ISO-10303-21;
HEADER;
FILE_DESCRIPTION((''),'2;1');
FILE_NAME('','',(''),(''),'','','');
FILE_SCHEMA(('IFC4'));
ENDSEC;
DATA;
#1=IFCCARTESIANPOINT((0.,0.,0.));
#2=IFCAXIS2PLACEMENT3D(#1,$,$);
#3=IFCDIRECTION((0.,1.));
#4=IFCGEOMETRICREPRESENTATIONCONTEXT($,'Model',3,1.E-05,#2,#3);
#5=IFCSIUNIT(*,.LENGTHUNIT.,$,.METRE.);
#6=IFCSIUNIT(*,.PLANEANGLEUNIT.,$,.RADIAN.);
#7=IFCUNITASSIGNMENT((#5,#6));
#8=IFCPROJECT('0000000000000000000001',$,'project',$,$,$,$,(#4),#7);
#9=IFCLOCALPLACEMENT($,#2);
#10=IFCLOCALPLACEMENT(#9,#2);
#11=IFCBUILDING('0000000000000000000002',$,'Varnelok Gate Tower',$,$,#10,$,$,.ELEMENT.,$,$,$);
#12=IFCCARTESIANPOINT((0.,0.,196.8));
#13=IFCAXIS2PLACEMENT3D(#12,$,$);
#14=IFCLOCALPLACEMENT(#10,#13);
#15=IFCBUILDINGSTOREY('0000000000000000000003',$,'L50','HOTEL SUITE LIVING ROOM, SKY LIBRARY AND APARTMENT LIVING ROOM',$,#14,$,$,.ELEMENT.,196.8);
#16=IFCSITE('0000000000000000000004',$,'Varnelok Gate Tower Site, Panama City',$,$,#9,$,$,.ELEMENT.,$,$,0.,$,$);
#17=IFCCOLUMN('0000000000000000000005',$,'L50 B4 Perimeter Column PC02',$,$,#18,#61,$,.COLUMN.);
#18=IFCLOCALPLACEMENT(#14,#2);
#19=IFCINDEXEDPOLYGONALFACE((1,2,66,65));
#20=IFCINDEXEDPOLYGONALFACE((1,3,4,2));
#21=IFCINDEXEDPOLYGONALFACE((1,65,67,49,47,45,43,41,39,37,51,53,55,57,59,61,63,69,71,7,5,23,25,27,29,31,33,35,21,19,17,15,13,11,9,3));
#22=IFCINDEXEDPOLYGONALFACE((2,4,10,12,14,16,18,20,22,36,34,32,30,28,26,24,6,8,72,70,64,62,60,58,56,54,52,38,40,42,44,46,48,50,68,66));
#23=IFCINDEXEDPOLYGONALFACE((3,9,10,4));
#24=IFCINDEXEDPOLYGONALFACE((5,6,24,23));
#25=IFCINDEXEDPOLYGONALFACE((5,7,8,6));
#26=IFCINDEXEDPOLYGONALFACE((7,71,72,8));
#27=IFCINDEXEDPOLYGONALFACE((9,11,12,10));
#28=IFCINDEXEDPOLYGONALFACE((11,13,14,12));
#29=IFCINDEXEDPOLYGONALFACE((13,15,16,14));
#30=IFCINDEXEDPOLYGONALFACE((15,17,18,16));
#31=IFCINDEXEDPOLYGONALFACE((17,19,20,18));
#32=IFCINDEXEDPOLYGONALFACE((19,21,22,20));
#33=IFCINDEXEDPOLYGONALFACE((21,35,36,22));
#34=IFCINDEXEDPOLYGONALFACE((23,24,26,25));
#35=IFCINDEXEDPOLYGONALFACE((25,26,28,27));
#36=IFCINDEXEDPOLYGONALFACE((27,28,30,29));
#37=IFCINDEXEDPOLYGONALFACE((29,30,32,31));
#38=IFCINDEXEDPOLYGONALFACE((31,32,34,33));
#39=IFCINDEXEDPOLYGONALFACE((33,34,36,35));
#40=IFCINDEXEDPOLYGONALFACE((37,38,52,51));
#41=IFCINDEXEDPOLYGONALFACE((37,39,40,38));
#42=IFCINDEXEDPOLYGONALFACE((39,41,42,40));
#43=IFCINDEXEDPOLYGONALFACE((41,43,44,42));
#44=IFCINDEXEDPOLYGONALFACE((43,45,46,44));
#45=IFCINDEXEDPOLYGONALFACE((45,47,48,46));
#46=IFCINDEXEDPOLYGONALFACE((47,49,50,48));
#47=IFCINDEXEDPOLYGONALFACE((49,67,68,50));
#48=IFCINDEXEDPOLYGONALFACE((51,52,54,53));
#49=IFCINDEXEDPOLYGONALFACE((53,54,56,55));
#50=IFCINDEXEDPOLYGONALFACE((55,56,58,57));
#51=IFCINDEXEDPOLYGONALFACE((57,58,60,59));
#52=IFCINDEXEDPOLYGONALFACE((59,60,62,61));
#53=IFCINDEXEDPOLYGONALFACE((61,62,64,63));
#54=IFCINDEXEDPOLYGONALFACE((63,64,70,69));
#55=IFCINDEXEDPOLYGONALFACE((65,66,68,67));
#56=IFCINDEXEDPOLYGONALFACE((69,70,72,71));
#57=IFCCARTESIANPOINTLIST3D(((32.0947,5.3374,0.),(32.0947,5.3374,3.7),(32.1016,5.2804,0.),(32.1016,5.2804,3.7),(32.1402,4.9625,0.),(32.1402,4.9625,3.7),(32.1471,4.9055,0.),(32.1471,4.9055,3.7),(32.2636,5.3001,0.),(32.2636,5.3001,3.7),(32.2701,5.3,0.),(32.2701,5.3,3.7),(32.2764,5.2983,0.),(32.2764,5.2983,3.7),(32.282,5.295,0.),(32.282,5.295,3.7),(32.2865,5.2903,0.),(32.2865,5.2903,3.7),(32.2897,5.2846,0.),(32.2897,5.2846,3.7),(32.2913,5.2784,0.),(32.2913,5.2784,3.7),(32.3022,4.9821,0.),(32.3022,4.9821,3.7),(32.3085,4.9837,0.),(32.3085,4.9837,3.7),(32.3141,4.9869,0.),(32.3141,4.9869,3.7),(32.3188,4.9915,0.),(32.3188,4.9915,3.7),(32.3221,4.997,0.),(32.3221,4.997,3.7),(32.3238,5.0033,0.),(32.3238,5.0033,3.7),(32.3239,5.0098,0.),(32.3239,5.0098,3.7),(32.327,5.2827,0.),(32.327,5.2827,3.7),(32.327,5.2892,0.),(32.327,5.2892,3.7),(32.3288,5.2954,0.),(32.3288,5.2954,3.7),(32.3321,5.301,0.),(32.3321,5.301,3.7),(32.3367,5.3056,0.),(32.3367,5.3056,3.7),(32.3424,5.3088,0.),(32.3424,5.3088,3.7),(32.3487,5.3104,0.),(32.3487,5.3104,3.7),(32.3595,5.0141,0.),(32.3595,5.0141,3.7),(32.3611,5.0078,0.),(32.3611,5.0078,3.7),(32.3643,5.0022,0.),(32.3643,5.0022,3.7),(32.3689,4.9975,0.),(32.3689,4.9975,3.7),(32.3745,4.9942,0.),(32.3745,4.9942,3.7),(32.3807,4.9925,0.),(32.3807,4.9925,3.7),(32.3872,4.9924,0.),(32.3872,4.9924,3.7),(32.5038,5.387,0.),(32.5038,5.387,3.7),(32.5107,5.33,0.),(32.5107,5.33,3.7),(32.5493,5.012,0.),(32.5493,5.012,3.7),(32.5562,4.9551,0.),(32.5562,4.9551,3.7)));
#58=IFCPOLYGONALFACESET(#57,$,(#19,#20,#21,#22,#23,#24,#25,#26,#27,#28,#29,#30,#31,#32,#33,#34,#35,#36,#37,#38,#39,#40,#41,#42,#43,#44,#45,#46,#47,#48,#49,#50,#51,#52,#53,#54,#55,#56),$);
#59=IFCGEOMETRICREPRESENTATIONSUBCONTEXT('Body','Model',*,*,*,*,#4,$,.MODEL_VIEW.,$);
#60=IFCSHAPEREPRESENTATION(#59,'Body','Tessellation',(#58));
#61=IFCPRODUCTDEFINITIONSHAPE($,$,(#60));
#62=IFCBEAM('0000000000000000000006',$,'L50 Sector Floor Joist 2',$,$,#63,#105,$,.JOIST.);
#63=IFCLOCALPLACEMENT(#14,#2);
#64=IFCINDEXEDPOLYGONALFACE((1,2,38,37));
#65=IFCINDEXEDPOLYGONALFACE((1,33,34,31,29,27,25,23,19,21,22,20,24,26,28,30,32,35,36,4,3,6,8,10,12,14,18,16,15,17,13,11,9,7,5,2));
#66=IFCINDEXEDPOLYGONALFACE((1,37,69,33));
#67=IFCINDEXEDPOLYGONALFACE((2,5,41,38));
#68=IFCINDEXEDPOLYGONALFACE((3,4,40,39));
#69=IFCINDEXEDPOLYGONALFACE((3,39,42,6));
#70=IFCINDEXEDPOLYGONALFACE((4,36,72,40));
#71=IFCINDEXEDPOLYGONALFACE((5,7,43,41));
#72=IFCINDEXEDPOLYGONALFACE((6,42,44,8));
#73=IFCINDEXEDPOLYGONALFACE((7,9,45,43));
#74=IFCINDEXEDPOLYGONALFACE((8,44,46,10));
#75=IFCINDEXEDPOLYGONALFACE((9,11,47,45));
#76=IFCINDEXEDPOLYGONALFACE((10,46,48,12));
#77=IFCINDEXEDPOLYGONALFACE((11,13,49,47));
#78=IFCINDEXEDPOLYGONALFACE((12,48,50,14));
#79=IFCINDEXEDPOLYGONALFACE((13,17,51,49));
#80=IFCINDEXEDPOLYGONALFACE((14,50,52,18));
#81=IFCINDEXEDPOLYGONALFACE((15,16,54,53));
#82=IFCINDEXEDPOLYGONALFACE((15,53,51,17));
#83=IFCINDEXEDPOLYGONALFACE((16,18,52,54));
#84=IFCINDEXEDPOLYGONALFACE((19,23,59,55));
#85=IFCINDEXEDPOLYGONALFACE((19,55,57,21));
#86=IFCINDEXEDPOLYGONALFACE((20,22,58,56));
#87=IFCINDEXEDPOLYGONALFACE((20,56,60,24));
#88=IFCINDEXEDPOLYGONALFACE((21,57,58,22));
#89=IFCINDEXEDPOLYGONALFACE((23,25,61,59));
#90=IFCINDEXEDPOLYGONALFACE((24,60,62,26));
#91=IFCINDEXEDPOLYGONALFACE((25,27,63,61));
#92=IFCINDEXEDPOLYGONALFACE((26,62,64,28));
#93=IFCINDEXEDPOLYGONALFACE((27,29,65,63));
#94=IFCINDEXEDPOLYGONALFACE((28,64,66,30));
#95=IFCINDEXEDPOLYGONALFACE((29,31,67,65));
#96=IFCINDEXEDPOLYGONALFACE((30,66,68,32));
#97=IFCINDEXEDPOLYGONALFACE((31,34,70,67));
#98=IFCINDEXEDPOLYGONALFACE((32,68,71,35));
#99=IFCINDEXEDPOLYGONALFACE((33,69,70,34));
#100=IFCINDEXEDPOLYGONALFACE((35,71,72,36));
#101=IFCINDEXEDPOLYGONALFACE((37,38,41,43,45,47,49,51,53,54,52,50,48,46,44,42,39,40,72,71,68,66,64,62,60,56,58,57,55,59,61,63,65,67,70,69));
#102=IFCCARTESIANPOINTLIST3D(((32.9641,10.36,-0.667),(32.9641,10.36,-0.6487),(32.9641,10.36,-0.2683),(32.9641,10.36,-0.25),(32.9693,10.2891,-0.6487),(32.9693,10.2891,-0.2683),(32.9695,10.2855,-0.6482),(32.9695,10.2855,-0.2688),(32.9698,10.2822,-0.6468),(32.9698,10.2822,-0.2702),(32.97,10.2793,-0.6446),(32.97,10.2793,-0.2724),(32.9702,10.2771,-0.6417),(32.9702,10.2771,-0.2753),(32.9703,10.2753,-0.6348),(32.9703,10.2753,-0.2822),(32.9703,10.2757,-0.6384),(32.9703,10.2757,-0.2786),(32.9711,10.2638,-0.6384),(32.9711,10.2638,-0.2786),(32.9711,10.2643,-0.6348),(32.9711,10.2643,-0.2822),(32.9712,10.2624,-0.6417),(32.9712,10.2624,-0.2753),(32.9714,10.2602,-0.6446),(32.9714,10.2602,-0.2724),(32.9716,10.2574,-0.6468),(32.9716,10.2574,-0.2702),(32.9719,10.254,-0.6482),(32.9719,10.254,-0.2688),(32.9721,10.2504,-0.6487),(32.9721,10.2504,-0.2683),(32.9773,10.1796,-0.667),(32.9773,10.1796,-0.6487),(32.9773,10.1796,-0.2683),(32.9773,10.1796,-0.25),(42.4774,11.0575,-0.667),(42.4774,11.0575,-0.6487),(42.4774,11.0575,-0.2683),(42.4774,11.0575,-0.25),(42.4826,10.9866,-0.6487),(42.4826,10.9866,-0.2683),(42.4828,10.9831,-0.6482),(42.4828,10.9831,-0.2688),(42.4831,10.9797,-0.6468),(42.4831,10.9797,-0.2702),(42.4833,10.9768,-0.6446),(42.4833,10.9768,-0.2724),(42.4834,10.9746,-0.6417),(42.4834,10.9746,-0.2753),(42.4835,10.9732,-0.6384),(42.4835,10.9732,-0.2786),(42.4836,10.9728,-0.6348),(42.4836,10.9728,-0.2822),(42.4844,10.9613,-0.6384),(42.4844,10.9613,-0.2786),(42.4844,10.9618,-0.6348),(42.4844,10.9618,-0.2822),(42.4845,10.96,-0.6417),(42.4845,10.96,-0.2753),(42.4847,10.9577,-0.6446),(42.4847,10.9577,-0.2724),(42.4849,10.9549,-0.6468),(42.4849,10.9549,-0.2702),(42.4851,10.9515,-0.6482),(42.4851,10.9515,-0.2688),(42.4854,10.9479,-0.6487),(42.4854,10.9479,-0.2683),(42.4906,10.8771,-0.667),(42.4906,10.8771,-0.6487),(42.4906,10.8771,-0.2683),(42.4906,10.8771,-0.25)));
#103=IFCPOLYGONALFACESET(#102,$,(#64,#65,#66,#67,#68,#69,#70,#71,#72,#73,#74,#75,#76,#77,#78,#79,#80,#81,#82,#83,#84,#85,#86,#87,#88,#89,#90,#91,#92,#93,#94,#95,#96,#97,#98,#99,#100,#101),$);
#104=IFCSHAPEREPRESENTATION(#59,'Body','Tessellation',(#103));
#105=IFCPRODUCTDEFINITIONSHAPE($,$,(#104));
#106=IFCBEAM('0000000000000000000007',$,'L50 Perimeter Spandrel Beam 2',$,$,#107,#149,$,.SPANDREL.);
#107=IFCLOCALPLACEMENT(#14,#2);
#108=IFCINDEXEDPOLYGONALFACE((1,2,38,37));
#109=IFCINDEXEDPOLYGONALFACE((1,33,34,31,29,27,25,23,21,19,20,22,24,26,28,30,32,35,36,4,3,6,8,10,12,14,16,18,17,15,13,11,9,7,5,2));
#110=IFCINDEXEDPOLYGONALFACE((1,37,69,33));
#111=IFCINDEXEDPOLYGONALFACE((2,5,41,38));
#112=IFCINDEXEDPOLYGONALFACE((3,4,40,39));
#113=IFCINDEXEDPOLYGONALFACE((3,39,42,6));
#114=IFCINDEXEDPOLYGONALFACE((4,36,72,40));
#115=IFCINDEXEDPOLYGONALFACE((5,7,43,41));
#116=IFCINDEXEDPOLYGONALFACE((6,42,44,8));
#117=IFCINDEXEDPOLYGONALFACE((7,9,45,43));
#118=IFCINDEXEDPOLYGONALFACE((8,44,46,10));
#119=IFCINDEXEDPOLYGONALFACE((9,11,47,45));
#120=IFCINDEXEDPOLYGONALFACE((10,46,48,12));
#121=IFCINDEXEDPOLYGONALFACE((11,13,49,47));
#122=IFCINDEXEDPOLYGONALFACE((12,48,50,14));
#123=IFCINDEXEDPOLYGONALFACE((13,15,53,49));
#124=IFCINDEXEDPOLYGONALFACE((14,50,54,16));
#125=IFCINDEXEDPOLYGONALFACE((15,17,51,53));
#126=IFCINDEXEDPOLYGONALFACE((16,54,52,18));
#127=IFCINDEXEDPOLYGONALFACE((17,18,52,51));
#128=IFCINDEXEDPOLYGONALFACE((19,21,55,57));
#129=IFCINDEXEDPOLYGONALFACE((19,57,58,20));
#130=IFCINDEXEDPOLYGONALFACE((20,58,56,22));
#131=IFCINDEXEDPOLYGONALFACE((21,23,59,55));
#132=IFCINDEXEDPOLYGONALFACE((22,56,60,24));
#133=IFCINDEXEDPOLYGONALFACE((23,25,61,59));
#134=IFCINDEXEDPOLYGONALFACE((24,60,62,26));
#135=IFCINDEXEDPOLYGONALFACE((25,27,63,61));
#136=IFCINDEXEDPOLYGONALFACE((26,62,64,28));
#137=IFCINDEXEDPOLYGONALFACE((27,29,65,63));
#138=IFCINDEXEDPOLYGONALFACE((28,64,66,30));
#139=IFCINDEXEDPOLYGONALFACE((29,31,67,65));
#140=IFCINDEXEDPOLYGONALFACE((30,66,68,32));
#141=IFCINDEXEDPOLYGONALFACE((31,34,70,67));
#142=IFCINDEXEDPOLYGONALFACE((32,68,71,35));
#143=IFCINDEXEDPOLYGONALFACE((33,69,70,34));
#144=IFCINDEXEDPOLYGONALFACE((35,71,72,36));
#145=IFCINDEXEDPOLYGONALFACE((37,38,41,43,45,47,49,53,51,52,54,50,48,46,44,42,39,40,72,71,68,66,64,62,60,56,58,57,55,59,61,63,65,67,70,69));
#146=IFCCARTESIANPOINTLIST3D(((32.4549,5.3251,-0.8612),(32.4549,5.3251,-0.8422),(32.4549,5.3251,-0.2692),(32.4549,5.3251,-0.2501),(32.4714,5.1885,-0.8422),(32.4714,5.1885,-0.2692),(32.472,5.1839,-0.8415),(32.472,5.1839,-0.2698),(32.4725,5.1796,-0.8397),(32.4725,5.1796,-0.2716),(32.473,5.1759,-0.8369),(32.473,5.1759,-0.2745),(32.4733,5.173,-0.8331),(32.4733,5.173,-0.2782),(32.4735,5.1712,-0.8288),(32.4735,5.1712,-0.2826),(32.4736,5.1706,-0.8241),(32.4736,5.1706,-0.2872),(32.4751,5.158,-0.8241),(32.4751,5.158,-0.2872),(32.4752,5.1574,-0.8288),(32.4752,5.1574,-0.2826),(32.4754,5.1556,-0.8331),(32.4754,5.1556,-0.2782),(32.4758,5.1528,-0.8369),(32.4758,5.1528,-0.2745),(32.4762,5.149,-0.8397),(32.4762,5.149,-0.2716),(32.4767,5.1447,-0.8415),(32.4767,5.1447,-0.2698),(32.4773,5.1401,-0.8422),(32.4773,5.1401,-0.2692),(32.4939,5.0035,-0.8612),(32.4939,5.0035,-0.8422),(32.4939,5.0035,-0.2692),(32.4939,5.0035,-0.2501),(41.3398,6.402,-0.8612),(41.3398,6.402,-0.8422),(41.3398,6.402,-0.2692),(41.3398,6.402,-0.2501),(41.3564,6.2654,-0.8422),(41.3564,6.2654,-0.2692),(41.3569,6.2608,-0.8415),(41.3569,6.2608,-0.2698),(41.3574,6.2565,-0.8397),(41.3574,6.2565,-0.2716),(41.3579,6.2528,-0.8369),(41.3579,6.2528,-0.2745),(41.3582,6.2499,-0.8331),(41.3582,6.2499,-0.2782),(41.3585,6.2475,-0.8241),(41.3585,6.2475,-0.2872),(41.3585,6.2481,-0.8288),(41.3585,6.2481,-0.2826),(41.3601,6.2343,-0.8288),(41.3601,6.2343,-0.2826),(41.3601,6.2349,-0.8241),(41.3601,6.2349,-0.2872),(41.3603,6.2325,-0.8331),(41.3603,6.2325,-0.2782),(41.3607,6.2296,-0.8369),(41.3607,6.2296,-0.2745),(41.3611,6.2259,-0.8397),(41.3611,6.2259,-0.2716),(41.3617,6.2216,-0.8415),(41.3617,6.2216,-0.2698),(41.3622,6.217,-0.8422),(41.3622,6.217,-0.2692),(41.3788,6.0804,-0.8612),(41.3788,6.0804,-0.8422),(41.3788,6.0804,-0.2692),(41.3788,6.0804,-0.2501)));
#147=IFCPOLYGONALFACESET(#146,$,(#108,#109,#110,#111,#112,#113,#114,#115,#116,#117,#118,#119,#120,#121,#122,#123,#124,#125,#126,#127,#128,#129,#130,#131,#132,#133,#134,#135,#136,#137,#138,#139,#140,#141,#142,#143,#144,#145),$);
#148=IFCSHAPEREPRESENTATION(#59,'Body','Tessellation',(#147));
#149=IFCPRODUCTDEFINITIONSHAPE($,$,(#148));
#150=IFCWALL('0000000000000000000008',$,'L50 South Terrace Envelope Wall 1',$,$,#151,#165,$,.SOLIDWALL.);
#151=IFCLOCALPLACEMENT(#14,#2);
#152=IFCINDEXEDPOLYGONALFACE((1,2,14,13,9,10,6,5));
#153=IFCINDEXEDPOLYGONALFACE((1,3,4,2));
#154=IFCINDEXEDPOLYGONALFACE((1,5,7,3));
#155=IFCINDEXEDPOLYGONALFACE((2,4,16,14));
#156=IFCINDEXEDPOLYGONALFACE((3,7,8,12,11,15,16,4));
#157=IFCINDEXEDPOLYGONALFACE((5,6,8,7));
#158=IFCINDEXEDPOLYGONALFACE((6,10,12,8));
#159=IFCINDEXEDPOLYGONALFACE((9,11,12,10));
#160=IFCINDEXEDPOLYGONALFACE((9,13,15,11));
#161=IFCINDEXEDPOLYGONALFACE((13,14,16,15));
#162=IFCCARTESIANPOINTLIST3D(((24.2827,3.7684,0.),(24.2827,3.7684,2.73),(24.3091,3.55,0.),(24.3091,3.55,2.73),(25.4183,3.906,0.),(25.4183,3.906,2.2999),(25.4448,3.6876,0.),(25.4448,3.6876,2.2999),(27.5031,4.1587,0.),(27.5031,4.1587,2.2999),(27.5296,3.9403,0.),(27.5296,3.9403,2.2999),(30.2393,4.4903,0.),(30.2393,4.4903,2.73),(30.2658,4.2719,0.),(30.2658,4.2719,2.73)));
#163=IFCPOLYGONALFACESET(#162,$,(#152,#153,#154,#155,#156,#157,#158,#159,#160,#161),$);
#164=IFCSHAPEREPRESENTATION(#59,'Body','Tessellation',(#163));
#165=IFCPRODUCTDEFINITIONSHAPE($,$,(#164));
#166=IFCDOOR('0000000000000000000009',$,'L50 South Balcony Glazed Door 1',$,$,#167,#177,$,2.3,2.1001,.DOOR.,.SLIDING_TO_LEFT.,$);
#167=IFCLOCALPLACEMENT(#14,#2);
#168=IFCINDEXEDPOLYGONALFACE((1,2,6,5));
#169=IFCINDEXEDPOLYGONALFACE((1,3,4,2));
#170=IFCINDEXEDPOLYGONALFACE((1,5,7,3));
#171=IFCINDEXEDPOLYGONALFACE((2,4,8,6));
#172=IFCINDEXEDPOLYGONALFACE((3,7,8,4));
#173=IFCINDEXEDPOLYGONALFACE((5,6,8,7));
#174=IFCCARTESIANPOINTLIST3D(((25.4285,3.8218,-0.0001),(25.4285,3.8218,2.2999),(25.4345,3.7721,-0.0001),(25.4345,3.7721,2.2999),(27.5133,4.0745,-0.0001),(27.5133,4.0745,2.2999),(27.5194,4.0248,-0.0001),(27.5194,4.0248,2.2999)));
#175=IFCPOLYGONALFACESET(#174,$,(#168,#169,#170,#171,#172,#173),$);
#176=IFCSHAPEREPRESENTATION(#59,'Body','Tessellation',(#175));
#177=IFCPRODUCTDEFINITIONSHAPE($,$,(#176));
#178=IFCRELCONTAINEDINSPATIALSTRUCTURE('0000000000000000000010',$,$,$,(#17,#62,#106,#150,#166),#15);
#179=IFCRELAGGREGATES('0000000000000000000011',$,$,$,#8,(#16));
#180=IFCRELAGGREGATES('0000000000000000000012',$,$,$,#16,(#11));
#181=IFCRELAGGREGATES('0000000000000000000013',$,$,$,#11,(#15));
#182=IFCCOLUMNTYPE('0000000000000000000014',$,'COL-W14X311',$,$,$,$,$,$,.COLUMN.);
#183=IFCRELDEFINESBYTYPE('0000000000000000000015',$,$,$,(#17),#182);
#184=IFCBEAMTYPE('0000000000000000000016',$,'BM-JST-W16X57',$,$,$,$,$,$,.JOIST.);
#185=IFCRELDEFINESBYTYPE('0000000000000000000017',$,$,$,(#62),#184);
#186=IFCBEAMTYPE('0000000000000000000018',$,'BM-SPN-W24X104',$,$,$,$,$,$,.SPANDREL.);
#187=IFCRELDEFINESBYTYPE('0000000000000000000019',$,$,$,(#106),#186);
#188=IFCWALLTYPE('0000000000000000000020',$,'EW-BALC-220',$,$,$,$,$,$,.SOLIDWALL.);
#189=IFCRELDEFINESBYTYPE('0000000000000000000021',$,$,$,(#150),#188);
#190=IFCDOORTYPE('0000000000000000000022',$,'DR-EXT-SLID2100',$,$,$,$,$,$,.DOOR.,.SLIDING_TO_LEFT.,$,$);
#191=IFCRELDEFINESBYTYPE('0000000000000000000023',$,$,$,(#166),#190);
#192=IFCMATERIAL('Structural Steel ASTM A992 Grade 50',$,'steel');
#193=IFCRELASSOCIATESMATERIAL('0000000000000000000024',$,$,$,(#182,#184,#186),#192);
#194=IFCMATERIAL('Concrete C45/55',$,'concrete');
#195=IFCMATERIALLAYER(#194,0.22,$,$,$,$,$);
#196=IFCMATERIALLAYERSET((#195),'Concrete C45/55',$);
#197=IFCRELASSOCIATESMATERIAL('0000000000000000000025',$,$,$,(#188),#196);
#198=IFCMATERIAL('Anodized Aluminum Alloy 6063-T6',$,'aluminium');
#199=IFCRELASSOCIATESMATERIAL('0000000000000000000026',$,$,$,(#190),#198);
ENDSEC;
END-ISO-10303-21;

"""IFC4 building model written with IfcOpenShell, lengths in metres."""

from ifc_helpers import new_model, si_unit, direction, frame, frame_2d, origin, origin_2d, place, context, subcontext, project, spatial, rectangle, i_section, extrude, material, layer, layer_set, material_profile, profile_set, type_object, element, fill, save


model = new_model("IFC4")

# Units and contexts
model_context = context("Model", 3, precision=1e-05, world=origin(), true_north=direction((0.0, 1.0)))
body_context = subcontext(model_context, "Body", "Model", "MODEL_VIEW")
ifc_project = project(units=[si_unit("LENGTHUNIT", "METRE"), si_unit("PLANEANGLEUNIT", "RADIAN")], contexts=[model_context])

# Site, building, storey
site_placement = place(None, origin())
site = spatial("IfcSite", under=ifc_project, at=site_placement, Name="Varnelok Gate Tower Site, Panama City", CompositionType="ELEMENT", RefElevation=0.0)
building_placement = place(site_placement, origin())
building = spatial("IfcBuilding", under=site, at=building_placement, Name="Varnelok Gate Tower", CompositionType="ELEMENT")
storey_placement = place(building_placement, frame((0.0, 0.0, 196.8)))
storey = spatial("IfcBuildingStorey", under=building, at=storey_placement, Name="L50", Description="HOTEL SUITE LIVING ROOM, SKY LIBRARY AND APARTMENT LIVING ROOM", CompositionType="ELEMENT", Elevation=196.8)

# Column
ifc_material_1 = material(Name="Structural Steel ASTM A992 Grade 50", Category="steel")
ifc_material_profile_1 = material_profile(ifc_material_1, i_section(OverallWidth=0.4121, OverallDepth=0.4351, WebThickness=0.0359, FlangeThickness=0.0574, FilletRadius=0.0249, at=origin_2d()), Name="W14X311")
ifc_profile_set_1 = profile_set([ifc_material_profile_1], Name="Structural Steel ASTM A992 Grade 50")
column_type = type_object("IfcColumnType", Name="COL-W14X311", PredefinedType="COLUMN", material=ifc_profile_set_1)
column_placement = place(storey_placement, frame((32.3254, 5.1462, 0.0), z_axis=(0.0, 0.0, 1.0), x_axis=(0.992732, 0.120345, 0.0)))
element("IfcColumn", 1, at=column_placement, inside=storey, type_object=column_type, Name="L50 B4 Perimeter Column PC02", PredefinedType="COLUMN", context=body_context, shape_type="SweptSolid", body=[
    extrude(i_section(OverallWidth=0.4121, OverallDepth=0.4351, WebThickness=0.0359, FlangeThickness=0.0574, FilletRadius=0.0249, at=origin_2d()), origin(), (0.0, 0.0, 1.0), 3.7),
])

# Beams
ifc_material_profile_2 = material_profile(ifc_material_1, i_section(OverallWidth=0.1809, OverallDepth=0.417, WebThickness=0.011, FlangeThickness=0.0183, FilletRadius=0.0139, at=origin_2d()), Name="W16X57")
ifc_profile_set_2 = profile_set([ifc_material_profile_2], Name="Structural Steel ASTM A992 Grade 50")
beam_type_1 = type_object("IfcBeamType", Name="BM-JST-W16X57", PredefinedType="JOIST", material=ifc_profile_set_2)
beam_1_placement = place(storey_placement, frame((32.9707, 10.2698, -0.4585), z_axis=(0.997323, 0.073124, 0.0), x_axis=(-0.073124, 0.997323, 0.0)))
element("IfcBeam", 2, at=beam_1_placement, inside=storey, type_object=beam_type_1, Name="L50 Sector Floor Joist 2", PredefinedType="JOIST", context=body_context, shape_type="SweptSolid", body=[
    extrude(i_section(OverallWidth=0.1809, OverallDepth=0.417, WebThickness=0.011, FlangeThickness=0.0183, FilletRadius=0.0139, at=origin_2d()), origin(), (0.0, 0.0, 1.0), 9.5388),
])
ifc_material_profile_3 = material_profile(ifc_material_1, i_section(OverallWidth=0.324, OverallDepth=0.6111, WebThickness=0.0127, FlangeThickness=0.019, FilletRadius=0.0181, at=origin_2d()), Name="W24X104")
ifc_profile_set_3 = profile_set([ifc_material_profile_3], Name="Structural Steel ASTM A992 Grade 50")
beam_type_2 = type_object("IfcBeamType", Name="BM-SPN-W24X104", PredefinedType="SPANDREL", material=ifc_profile_set_3)
beam_2_placement = place(storey_placement, frame((32.4744, 5.1643, -0.5557), z_axis=(0.992735, 0.120324, 0.0), x_axis=(-0.120324, 0.992735, 0.0)))
element("IfcBeam", 3, at=beam_2_placement, inside=storey, type_object=beam_type_2, Name="L50 Perimeter Spandrel Beam 2", PredefinedType="SPANDREL", context=body_context, shape_type="SweptSolid", body=[
    extrude(i_section(OverallWidth=0.324, OverallDepth=0.6111, WebThickness=0.0127, FlangeThickness=0.019, FilletRadius=0.0181, at=origin_2d()), origin(), (0.0, 0.0, 1.0), 8.95),
])

# Wall, opening, door
ifc_material_2 = material(Name="Concrete C45/55", Category="concrete")
ifc_layer_1 = layer(ifc_material_2, 0.22)
ifc_layer_set_1 = layer_set([ifc_layer_1], Name="Concrete C45/55")
wall_type_1 = type_object("IfcWallType", Name="EW-BALC-220", PredefinedType="SOLIDWALL", material=ifc_layer_set_1)
wall_1_placement = place(storey_placement, frame((30.2524, 4.3811, 0.0), z_axis=(0.0, 0.0, 1.0), x_axis=(-0.992735, -0.120318, 0.0)))
wall_1 = element("IfcWall", 4, at=wall_1_placement, inside=storey, type_object=wall_type_1, Name="L50 South Terrace Envelope Wall 1", PredefinedType="SOLIDWALL", context=body_context, shape_type="SweptSolid", body=[
    extrude(rectangle(XDim=6.0002, YDim=0.22, at=frame_2d((3.0, 0.0))), origin(), (0.0, 0.0, 1.0), 2.73),
])
opening_1_placement = place(wall_1_placement, frame((2.7561, 0.0, 0.0)))
opening_1 = element("IfcOpeningElement", 5, at=opening_1_placement, cuts=wall_1, PredefinedType="OPENING", context=body_context, shape_type="SweptSolid", body=[
    extrude(rectangle(XDim=2.1001, YDim=2.3, at=frame_2d((1.05, 1.1499))), frame((0.0, 0.1199, 0.0), z_axis=(0.0, -1.0, 0.0), x_axis=(1.0, 0.0, 0.0)), (0.0, 0.0, 1.0), 0.24),
])
ifc_material_3 = material(Name="Anodized Aluminum Alloy 6063-T6", Category="aluminium")
door_type_1 = type_object("IfcDoorType", Name="DR-EXT-SLID2100", OperationType="SLIDING_TO_LEFT", PredefinedType="DOOR", material=ifc_material_3)
door_1_placement = place(opening_1_placement, origin())
door_1 = element("IfcDoor", 6, at=door_1_placement, inside=storey, type_object=door_type_1, Name="L50 South Balcony Glazed Door 1", OperationType="SLIDING_TO_LEFT", OverallHeight=2.3, OverallWidth=2.1001, PredefinedType="DOOR", context=body_context, shape_type="SweptSolid", body=[
    extrude(rectangle(XDim=2.1001, YDim=2.3, at=frame_2d((1.05, 1.1499))), frame((0.0, 0.0249, 0.0), z_axis=(0.0, -1.0, 0.0), x_axis=(1.0, 0.0, 0.0)), (0.0, 0.0, 1.0), 0.05),
])
fill(opening_1, door_1)

save(model, "model.ifc")
